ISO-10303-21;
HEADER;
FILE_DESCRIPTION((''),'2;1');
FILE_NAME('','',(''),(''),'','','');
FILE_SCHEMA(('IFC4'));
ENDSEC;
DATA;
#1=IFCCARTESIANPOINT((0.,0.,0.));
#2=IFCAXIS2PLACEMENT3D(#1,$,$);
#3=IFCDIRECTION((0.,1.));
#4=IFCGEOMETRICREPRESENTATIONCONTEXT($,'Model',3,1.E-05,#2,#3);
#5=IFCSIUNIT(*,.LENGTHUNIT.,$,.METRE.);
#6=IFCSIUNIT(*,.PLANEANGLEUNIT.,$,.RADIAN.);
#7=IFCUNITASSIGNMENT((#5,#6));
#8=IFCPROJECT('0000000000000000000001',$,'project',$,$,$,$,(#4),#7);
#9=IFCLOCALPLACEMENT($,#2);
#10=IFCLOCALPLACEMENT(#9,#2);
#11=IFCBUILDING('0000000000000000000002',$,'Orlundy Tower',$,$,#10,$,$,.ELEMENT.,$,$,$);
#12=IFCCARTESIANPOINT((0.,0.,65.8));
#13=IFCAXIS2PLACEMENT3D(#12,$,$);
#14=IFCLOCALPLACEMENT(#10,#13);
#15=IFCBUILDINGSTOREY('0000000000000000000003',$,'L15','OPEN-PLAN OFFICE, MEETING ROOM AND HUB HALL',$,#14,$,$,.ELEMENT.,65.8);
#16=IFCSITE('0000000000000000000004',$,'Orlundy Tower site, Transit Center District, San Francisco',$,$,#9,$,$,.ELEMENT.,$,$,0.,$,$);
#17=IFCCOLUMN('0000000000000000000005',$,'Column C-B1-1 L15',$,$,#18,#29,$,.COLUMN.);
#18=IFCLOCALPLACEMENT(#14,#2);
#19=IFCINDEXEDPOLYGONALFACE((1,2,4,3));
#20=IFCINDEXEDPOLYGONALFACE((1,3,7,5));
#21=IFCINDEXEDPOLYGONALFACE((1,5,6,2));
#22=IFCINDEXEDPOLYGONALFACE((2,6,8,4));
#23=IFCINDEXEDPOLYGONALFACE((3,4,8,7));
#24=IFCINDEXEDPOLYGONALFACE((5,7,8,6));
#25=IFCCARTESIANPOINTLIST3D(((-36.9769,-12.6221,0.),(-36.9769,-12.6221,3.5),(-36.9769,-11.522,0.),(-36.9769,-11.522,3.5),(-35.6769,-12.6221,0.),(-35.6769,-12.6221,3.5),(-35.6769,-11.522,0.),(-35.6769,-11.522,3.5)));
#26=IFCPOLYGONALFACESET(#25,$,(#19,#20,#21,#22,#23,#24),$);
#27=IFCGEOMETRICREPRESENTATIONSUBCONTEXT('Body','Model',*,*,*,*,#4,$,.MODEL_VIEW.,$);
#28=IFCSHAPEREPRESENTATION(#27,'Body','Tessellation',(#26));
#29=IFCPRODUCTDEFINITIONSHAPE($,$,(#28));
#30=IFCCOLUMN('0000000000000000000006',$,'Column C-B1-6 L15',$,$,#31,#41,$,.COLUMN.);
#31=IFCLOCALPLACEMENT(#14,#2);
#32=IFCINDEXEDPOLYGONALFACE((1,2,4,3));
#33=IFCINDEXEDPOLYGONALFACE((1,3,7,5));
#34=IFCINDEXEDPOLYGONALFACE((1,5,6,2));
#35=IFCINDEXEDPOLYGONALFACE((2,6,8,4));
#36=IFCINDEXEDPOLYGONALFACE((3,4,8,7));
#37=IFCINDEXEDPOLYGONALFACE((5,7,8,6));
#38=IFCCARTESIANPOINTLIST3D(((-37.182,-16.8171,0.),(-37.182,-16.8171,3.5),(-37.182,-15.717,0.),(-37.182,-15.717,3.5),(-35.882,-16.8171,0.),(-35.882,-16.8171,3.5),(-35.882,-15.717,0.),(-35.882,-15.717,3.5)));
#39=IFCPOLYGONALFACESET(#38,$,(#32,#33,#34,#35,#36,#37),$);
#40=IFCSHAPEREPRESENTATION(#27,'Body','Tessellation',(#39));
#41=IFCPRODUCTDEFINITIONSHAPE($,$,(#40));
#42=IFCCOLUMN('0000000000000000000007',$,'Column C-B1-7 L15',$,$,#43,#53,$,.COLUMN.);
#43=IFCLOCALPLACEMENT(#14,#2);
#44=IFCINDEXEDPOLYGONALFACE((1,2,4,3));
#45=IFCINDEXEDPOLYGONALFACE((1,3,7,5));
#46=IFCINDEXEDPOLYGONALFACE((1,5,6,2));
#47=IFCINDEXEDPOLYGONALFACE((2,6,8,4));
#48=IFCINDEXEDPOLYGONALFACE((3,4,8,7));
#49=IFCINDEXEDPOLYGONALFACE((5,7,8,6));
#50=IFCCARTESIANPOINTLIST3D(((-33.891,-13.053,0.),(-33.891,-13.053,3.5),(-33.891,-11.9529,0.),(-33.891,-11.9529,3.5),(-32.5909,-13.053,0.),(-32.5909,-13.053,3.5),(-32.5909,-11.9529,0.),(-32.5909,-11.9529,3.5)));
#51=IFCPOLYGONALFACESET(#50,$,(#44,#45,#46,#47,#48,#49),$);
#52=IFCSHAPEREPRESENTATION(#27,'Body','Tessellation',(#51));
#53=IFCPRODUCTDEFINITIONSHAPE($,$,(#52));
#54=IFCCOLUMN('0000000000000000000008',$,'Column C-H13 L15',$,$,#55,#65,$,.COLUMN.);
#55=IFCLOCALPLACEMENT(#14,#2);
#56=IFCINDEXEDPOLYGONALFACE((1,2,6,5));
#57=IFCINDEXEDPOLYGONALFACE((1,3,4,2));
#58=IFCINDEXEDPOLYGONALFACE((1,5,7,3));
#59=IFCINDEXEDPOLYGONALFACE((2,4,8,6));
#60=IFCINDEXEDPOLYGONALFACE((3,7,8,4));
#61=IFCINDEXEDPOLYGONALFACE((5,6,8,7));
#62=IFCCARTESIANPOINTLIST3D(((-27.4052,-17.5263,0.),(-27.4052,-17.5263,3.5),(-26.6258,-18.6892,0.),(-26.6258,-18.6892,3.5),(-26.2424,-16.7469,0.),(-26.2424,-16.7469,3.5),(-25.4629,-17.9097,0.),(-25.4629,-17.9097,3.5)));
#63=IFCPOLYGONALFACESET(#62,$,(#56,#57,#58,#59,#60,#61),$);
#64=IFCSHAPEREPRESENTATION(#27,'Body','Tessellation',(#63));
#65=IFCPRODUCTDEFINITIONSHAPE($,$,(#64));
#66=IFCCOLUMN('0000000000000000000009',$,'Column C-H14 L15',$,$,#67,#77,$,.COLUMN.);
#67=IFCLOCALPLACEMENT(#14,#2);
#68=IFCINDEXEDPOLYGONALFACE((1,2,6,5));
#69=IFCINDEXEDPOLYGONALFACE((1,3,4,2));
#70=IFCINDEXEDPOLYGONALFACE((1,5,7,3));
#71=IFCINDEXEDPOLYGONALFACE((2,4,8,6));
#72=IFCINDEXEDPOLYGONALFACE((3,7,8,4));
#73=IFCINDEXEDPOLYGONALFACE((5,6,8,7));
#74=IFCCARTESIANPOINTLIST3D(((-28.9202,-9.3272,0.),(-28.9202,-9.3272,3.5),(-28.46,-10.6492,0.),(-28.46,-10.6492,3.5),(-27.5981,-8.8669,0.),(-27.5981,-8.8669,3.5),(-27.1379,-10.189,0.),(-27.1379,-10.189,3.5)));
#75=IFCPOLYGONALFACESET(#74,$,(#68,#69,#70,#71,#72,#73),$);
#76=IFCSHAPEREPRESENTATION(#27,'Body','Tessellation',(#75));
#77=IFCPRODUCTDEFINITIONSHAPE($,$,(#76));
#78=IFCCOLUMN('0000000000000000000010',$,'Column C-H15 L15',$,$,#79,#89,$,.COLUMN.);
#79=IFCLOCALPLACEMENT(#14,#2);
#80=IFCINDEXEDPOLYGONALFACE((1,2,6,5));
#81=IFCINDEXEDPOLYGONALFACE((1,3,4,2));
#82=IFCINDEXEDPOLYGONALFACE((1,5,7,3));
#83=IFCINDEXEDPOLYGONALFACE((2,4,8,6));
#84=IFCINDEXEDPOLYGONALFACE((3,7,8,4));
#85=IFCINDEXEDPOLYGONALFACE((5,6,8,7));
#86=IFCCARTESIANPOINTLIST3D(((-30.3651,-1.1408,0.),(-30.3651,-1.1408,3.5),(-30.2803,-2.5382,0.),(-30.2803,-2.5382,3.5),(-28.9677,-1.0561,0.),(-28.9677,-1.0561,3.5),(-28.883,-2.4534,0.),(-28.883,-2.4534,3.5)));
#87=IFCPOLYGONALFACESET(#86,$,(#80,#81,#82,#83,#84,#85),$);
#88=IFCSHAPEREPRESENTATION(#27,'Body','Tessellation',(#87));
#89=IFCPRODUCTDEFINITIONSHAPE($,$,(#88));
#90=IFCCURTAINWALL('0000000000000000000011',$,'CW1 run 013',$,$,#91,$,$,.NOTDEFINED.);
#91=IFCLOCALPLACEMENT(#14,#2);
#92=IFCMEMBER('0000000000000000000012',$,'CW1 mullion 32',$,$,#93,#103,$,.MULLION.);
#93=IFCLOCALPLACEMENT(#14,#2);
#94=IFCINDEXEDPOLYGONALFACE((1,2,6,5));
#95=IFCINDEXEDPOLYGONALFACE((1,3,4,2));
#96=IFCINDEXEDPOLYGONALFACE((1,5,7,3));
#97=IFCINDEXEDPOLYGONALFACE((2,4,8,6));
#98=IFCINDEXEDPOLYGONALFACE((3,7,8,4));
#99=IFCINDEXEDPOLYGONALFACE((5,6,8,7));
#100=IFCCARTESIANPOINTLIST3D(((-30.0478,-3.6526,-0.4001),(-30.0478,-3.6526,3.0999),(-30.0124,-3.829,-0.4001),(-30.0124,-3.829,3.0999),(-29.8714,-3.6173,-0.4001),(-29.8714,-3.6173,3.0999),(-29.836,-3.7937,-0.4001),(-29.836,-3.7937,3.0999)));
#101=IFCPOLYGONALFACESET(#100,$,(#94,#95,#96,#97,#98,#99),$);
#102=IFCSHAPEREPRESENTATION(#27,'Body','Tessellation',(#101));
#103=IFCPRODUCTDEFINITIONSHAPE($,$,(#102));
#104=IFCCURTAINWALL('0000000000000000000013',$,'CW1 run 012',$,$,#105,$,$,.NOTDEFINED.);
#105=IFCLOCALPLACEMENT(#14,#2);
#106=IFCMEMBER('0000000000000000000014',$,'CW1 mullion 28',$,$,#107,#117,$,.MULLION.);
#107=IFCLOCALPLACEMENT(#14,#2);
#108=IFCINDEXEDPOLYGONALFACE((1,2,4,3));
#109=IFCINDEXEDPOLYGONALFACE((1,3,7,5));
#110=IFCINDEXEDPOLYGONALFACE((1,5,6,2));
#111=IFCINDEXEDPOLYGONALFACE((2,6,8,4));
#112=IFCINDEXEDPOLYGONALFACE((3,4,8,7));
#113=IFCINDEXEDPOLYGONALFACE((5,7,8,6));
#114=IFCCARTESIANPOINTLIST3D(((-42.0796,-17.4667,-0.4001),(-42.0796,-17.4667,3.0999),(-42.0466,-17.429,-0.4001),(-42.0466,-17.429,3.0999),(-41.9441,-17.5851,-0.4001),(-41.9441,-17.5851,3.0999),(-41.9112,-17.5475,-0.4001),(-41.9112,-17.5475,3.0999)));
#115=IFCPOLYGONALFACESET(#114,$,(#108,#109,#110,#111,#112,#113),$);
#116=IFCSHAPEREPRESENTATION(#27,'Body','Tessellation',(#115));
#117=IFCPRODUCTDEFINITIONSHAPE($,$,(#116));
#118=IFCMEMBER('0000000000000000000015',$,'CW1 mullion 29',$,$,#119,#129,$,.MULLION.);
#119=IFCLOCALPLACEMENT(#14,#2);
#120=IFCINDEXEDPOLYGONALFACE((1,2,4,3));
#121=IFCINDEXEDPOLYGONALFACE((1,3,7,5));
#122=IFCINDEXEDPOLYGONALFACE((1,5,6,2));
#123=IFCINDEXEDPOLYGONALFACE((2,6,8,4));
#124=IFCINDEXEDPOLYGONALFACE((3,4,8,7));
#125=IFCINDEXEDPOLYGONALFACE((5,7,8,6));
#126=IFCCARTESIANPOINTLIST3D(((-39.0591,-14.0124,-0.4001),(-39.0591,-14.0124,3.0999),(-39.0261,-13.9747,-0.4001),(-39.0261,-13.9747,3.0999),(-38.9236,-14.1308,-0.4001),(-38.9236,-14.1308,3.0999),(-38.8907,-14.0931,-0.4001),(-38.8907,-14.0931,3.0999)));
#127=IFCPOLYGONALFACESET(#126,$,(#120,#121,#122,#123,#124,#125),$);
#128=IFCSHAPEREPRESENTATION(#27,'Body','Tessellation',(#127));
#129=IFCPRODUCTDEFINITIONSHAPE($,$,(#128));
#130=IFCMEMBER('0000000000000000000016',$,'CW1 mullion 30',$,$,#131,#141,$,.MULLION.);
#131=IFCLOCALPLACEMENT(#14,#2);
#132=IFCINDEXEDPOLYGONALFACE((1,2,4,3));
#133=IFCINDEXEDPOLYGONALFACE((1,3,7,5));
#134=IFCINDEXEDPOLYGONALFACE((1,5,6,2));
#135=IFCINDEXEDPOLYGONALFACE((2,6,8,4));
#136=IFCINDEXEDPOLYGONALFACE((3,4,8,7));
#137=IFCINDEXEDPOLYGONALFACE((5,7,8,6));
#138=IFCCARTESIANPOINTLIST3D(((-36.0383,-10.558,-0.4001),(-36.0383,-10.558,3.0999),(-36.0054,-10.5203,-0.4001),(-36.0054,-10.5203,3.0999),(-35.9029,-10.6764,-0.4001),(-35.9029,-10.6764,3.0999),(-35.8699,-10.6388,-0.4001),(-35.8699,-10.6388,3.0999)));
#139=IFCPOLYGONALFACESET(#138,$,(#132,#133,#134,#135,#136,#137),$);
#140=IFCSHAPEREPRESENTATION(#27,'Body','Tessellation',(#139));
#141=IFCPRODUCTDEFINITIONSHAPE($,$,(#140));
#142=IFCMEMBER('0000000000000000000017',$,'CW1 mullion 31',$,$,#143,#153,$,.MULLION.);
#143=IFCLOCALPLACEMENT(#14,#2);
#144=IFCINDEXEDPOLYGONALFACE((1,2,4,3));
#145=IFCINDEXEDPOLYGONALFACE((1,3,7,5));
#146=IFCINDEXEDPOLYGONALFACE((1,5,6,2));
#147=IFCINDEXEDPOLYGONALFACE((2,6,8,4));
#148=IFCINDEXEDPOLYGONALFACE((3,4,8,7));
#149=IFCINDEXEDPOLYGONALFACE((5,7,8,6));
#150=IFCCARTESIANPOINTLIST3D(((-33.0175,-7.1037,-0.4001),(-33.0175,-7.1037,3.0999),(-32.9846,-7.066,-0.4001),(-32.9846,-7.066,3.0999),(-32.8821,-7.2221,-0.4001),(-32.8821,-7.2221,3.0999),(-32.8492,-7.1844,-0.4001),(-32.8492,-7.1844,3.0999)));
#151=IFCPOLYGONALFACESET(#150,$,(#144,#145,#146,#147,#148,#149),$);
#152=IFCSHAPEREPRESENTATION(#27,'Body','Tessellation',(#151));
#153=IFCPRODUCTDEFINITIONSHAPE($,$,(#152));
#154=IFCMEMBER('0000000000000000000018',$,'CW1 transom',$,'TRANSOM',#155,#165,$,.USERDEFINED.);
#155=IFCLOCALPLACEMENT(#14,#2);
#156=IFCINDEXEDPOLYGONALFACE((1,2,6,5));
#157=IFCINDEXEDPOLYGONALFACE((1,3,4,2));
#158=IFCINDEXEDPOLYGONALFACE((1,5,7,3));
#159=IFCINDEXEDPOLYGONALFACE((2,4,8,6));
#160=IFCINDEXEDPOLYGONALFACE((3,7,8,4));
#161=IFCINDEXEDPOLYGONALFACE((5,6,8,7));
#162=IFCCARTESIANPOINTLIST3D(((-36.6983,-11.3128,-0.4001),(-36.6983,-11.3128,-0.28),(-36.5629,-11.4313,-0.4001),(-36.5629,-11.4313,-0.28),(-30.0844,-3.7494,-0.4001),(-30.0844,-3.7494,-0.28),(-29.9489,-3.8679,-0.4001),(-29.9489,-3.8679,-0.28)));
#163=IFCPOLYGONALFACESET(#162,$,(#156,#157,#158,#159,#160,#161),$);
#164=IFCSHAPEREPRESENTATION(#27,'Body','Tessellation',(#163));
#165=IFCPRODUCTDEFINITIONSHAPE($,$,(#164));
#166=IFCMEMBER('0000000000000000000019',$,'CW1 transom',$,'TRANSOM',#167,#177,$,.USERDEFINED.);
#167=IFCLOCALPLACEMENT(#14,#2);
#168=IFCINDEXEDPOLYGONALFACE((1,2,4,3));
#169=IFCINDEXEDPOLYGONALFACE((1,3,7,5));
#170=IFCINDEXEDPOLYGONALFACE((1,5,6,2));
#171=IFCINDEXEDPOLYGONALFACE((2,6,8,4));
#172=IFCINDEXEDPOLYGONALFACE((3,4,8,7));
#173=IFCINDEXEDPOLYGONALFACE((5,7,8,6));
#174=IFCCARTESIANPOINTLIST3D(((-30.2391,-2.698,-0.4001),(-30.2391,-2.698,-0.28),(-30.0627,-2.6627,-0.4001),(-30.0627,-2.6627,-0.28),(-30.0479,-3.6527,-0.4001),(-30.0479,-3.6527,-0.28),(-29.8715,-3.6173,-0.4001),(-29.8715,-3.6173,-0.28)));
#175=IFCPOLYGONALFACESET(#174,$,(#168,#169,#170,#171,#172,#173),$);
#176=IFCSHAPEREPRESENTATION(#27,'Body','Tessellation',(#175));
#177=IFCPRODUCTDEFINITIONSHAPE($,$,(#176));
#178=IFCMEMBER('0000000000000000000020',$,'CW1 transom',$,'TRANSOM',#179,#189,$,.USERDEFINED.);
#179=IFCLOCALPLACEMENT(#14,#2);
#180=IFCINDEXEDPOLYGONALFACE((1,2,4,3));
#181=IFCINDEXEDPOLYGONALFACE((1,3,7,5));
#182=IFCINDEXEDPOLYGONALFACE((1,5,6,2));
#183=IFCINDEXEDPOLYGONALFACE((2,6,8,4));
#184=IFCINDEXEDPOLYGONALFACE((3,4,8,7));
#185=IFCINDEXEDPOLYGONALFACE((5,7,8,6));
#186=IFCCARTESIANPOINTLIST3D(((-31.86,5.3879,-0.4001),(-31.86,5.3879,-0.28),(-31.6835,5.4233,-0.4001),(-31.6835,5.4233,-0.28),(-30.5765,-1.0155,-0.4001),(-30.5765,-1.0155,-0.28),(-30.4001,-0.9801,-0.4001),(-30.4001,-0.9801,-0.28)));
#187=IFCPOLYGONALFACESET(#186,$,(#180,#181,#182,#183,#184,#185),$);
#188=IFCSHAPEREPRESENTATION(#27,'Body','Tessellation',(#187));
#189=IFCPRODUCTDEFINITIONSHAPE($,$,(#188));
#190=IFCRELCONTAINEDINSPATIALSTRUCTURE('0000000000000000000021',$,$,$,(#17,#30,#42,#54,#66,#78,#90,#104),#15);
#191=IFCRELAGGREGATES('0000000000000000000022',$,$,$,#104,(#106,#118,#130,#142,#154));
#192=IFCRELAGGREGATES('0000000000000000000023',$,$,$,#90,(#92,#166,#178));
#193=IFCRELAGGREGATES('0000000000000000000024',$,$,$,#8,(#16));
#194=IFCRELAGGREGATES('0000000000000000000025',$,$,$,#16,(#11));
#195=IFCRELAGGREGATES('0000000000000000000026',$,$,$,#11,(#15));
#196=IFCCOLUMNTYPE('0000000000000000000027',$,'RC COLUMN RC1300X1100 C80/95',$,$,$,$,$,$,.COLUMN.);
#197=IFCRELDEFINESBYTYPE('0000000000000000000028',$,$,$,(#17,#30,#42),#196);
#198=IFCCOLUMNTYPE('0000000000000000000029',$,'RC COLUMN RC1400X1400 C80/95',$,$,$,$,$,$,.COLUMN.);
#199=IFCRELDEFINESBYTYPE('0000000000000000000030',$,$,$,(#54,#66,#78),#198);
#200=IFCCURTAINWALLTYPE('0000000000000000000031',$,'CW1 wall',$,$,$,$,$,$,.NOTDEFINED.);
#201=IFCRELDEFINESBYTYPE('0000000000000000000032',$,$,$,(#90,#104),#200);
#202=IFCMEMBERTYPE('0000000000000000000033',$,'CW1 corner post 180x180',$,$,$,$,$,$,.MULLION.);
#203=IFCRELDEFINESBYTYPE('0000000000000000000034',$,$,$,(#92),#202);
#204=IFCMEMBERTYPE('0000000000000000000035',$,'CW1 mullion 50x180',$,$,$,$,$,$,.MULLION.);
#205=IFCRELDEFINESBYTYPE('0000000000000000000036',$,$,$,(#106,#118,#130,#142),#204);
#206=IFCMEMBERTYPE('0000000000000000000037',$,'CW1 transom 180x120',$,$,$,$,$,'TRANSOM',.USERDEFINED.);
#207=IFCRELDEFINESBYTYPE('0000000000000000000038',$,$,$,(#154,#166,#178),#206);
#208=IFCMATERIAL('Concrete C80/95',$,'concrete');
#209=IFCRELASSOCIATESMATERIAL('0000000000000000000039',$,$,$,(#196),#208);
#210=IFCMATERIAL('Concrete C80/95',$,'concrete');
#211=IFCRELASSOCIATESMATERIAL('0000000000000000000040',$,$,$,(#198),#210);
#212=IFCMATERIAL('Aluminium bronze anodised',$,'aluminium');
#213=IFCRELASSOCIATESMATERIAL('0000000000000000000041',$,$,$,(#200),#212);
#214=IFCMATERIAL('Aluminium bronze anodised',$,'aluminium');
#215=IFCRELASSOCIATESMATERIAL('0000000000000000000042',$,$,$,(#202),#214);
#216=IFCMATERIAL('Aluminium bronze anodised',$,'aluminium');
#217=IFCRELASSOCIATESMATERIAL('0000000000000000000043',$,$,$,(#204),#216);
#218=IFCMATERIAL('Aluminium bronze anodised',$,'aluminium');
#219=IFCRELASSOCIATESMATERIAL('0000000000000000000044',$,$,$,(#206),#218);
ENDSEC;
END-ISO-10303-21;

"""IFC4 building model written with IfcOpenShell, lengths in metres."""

from ifc_helpers import new_model, si_unit, direction, frame, origin, origin_2d, place, context, subcontext, project, spatial, rectangle, extrude, material, material_profile, profile_set, type_object, element, aggregate, save


model = new_model("IFC4")

# Units and contexts
model_context = context("Model", 3, precision=1e-05, world=origin(), true_north=direction((0.0, 1.0)))
body_context = subcontext(model_context, "Body", "Model", "MODEL_VIEW")
ifc_project = project(units=[si_unit("LENGTHUNIT", "METRE"), si_unit("PLANEANGLEUNIT", "RADIAN")], contexts=[model_context])

# Site, building, storey
site_placement = place(None, origin())
site = spatial("IfcSite", under=ifc_project, at=site_placement, Name="Orlundy Tower site, Transit Center District, San Francisco", CompositionType="ELEMENT", RefElevation=0.0)
building_placement = place(site_placement, origin())
building = spatial("IfcBuilding", under=site, at=building_placement, Name="Orlundy Tower", CompositionType="ELEMENT")
storey_placement = place(building_placement, frame((0.0, 0.0, 65.8)))
storey = spatial("IfcBuildingStorey", under=building, at=storey_placement, Name="L15", Description="OPEN-PLAN OFFICE, MEETING ROOM AND HUB HALL", CompositionType="ELEMENT", Elevation=65.8)

# Columns
ifc_material_1 = material(Name="Concrete C80/95", Category="concrete")
ifc_material_profile_1 = material_profile(ifc_material_1, rectangle(XDim=1.3, YDim=1.1001, at=origin_2d()), Name="RC1300X1100")
ifc_profile_set_1 = profile_set([ifc_material_profile_1], Name="Concrete C80/95")
column_type_1 = type_object("IfcColumnType", Name="RC COLUMN RC1300X1100 C80/95", PredefinedType="COLUMN", material=ifc_profile_set_1)
for number, where, z_axis, x_axis, name in (
    (1, (-36.3269, -12.072, 0.0), (0.0, 0.0, 1.0), (1.0, 0.0, 0.0), "Column C-B1-1 L15"),
    (2, (-36.532, -16.2671, 0.0), (0.0, 0.0, 1.0), (1.0, 0.0, 0.0), "Column C-B1-6 L15"),
    (3, (-33.241, -12.5029, 0.0), (0.0, 0.0, 1.0), (1.0, 0.0, 0.0), "Column C-B1-7 L15"),
):
    element("IfcColumn", number, at=place(storey_placement, frame(where, z_axis=z_axis, x_axis=x_axis)), inside=storey, type_object=column_type_1, Name=name, PredefinedType="COLUMN", context=body_context, shape_type="SweptSolid", body=[
        extrude(rectangle(XDim=1.3, YDim=1.1001, at=origin_2d()), origin(), (0.0, 0.0, 1.0), 3.5),
    ])
ifc_material_2 = material(Name="Concrete C80/95", Category="concrete")
ifc_material_profile_2 = material_profile(ifc_material_2, rectangle(XDim=1.3999, YDim=1.3999, at=origin_2d()), Name="RC1400X1400")
ifc_profile_set_2 = profile_set([ifc_material_profile_2], Name="Concrete C80/95")
column_type_2 = type_object("IfcColumnType", Name="RC COLUMN RC1400X1400 C80/95", PredefinedType="COLUMN", material=ifc_profile_set_2)
for number, where, z_axis, x_axis, name in (
    (4, (-26.4341, -17.718, 0.0), (0.0, 0.0, 1.0), (-0.830664, -0.556774, 0.0), "Column C-H13 L15"),
    (5, (-28.0291, -9.7581, 0.0), (0.0, 0.0, 1.0), (-0.944405, -0.328784, 0.0), "Column C-H14 L15"),
    (6, (-29.624, -1.7971, 0.0), (0.0, 0.0, 1.0), (-0.998166, -0.060543, 0.0), "Column C-H15 L15"),
):
    element("IfcColumn", number, at=place(storey_placement, frame(where, z_axis=z_axis, x_axis=x_axis)), inside=storey, type_object=column_type_2, Name=name, PredefinedType="COLUMN", context=body_context, shape_type="SweptSolid", body=[
        extrude(rectangle(XDim=1.3999, YDim=1.3999, at=origin_2d()), origin(), (0.0, 0.0, 1.0), 3.5),
    ])

# Curtain wall, member
ifc_material_3 = material(Name="Aluminium bronze anodised", Category="aluminium")
curtain_wall_type = type_object("IfcCurtainWallType", Name="CW1 wall", PredefinedType="NOTDEFINED", material=ifc_material_3)
curtain_wall_1_placement = place(storey_placement, origin())
curtain_wall_1 = element("IfcCurtainWall", 7, at=curtain_wall_1_placement, inside=storey, type_object=curtain_wall_type, Name="CW1 run 013", PredefinedType="NOTDEFINED")
ifc_material_4 = material(Name="Aluminium bronze anodised", Category="aluminium")
ifc_material_profile_3 = material_profile(ifc_material_4, rectangle(XDim=0.1799, YDim=0.1799, at=origin_2d()), Name="CW1 corner post 180x180")
ifc_profile_set_3 = profile_set([ifc_material_profile_3], Name="Aluminium bronze anodised")
member_type_1 = type_object("IfcMemberType", Name="CW1 corner post 180x180", PredefinedType="MULLION", material=ifc_profile_set_3)
member_1_placement = place(storey_placement, frame((-29.9419, -3.7231, -0.4001), z_axis=(0.0, 0.0, 1.0), x_axis=(-0.980498, -0.196529, 0.0)))
member_1 = element("IfcMember", 8, at=member_1_placement, type_object=member_type_1, Name="CW1 mullion 32", PredefinedType="MULLION", context=body_context, shape_type="SweptSolid", body=[
    extrude(rectangle(XDim=0.1799, YDim=0.1799, at=origin_2d()), origin(), (0.0, 0.0, 1.0), 3.5),
])

# Curtain wall, members
curtain_wall_2_placement = place(storey_placement, origin())
curtain_wall_2 = element("IfcCurtainWall", 9, at=curtain_wall_2_placement, inside=storey, type_object=curtain_wall_type, Name="CW1 run 012", PredefinedType="NOTDEFINED")
ifc_material_5 = material(Name="Aluminium bronze anodised", Category="aluminium")
ifc_material_profile_4 = material_profile(ifc_material_5, rectangle(XDim=0.1799, YDim=0.05, at=origin_2d()), Name="CW1 mullion 50x180")
ifc_profile_set_4 = profile_set([ifc_material_profile_4], Name="Aluminium bronze anodised")
member_type_2 = type_object("IfcMemberType", Name="CW1 mullion 50x180", PredefinedType="MULLION", material=ifc_profile_set_4)
member_2_placement = place(storey_placement, frame((-41.9954, -17.5071, -0.4001), z_axis=(0.0, 0.0, 1.0), x_axis=(-0.752779, 0.658273, 0.0)))
member_2 = element("IfcMember", 10, at=member_2_placement, type_object=member_type_2, Name="CW1 mullion 28", PredefinedType="MULLION", context=body_context, shape_type="SweptSolid", body=[
    extrude(rectangle(XDim=0.1799, YDim=0.05, at=origin_2d()), origin(), (0.0, 0.0, 1.0), 3.5),
])
member_3_placement = place(storey_placement, frame((-38.9749, -14.0527, -0.4001), z_axis=(0.0, 0.0, 1.0), x_axis=(-0.752779, 0.658273, 0.0)))
member_3 = element("IfcMember", 11, at=member_3_placement, type_object=member_type_2, Name="CW1 mullion 29", PredefinedType="MULLION", context=body_context, shape_type="SweptSolid", body=[
    extrude(rectangle(XDim=0.1799, YDim=0.05, at=origin_2d()), origin(), (0.0, 0.0, 1.0), 3.5),
])
member_4_placement = place(storey_placement, frame((-35.9541, -10.5984, -0.4001), z_axis=(0.0, 0.0, 1.0), x_axis=(-0.752779, 0.658273, 0.0)))
member_4 = element("IfcMember", 12, at=member_4_placement, type_object=member_type_2, Name="CW1 mullion 30", PredefinedType="MULLION", context=body_context, shape_type="SweptSolid", body=[
    extrude(rectangle(XDim=0.1799, YDim=0.05, at=origin_2d()), origin(), (0.0, 0.0, 1.0), 3.5),
])
member_5_placement = place(storey_placement, frame((-32.9333, -7.144, -0.4001), z_axis=(0.0, 0.0, 1.0), x_axis=(-0.752779, 0.658273, 0.0)))
member_5 = element("IfcMember", 13, at=member_5_placement, type_object=member_type_2, Name="CW1 mullion 31", PredefinedType="MULLION", context=body_context, shape_type="SweptSolid", body=[
    extrude(rectangle(XDim=0.1799, YDim=0.05, at=origin_2d()), origin(), (0.0, 0.0, 1.0), 3.5),
])
ifc_material_6 = material(Name="Aluminium bronze anodised", Category="aluminium")
ifc_material_profile_5 = material_profile(ifc_material_6, rectangle(XDim=0.1799, YDim=0.1201, at=origin_2d()), Name="CW1 transom 180x120")
ifc_profile_set_5 = profile_set([ifc_material_profile_5], Name="Aluminium bronze anodised")
member_type_3 = type_object("IfcMemberType", Name="CW1 transom 180x120", ElementType="TRANSOM", PredefinedType="USERDEFINED", material=ifc_profile_set_5)
member_6_placement = place(storey_placement, frame((-36.6306, -11.3721, -0.3401), z_axis=(0.658278, 0.752775, 0.0), x_axis=(-0.752775, 0.658278, 0.0)))
member_6 = element("IfcMember", 14, at=member_6_placement, type_object=member_type_3, Name="CW1 transom", ObjectType="TRANSOM", PredefinedType="USERDEFINED", context=body_context, shape_type="SweptSolid", body=[
    extrude(rectangle(XDim=0.1799, YDim=0.1201, at=origin_2d()), origin(), (0.0, 0.0, 1.0), 10.0474),
])

# Members
member_7_placement = place(storey_placement, frame((-29.9597, -3.635, -0.3401), z_axis=(-0.196357, 0.980532, 0.0), x_axis=(-0.980532, -0.196357, 0.0)))
member_7 = element("IfcMember", 15, at=member_7_placement, type_object=member_type_3, Name="CW1 transom", ObjectType="TRANSOM", PredefinedType="USERDEFINED", context=body_context, shape_type="SweptSolid", body=[
    extrude(rectangle(XDim=0.1799, YDim=0.1201, at=origin_2d()), origin(), (0.0, 0.0, 1.0), 0.9736),
])
member_8_placement = place(storey_placement, frame((-30.4883, -0.9978, -0.3401), z_axis=(-0.196526, 0.980499, 0.0), x_axis=(-0.980499, -0.196526, 0.0)))
member_8 = element("IfcMember", 16, at=member_8_placement, type_object=member_type_3, Name="CW1 transom", ObjectType="TRANSOM", PredefinedType="USERDEFINED", context=body_context, shape_type="SweptSolid", body=[
    extrude(rectangle(XDim=0.1799, YDim=0.1201, at=origin_2d()), origin(), (0.0, 0.0, 1.0), 6.5308),
])

aggregate(curtain_wall_2, [member_2, member_3, member_4, member_5, member_6])
aggregate(curtain_wall_1, [member_1, member_7, member_8])

save(model, "model.ifc")
